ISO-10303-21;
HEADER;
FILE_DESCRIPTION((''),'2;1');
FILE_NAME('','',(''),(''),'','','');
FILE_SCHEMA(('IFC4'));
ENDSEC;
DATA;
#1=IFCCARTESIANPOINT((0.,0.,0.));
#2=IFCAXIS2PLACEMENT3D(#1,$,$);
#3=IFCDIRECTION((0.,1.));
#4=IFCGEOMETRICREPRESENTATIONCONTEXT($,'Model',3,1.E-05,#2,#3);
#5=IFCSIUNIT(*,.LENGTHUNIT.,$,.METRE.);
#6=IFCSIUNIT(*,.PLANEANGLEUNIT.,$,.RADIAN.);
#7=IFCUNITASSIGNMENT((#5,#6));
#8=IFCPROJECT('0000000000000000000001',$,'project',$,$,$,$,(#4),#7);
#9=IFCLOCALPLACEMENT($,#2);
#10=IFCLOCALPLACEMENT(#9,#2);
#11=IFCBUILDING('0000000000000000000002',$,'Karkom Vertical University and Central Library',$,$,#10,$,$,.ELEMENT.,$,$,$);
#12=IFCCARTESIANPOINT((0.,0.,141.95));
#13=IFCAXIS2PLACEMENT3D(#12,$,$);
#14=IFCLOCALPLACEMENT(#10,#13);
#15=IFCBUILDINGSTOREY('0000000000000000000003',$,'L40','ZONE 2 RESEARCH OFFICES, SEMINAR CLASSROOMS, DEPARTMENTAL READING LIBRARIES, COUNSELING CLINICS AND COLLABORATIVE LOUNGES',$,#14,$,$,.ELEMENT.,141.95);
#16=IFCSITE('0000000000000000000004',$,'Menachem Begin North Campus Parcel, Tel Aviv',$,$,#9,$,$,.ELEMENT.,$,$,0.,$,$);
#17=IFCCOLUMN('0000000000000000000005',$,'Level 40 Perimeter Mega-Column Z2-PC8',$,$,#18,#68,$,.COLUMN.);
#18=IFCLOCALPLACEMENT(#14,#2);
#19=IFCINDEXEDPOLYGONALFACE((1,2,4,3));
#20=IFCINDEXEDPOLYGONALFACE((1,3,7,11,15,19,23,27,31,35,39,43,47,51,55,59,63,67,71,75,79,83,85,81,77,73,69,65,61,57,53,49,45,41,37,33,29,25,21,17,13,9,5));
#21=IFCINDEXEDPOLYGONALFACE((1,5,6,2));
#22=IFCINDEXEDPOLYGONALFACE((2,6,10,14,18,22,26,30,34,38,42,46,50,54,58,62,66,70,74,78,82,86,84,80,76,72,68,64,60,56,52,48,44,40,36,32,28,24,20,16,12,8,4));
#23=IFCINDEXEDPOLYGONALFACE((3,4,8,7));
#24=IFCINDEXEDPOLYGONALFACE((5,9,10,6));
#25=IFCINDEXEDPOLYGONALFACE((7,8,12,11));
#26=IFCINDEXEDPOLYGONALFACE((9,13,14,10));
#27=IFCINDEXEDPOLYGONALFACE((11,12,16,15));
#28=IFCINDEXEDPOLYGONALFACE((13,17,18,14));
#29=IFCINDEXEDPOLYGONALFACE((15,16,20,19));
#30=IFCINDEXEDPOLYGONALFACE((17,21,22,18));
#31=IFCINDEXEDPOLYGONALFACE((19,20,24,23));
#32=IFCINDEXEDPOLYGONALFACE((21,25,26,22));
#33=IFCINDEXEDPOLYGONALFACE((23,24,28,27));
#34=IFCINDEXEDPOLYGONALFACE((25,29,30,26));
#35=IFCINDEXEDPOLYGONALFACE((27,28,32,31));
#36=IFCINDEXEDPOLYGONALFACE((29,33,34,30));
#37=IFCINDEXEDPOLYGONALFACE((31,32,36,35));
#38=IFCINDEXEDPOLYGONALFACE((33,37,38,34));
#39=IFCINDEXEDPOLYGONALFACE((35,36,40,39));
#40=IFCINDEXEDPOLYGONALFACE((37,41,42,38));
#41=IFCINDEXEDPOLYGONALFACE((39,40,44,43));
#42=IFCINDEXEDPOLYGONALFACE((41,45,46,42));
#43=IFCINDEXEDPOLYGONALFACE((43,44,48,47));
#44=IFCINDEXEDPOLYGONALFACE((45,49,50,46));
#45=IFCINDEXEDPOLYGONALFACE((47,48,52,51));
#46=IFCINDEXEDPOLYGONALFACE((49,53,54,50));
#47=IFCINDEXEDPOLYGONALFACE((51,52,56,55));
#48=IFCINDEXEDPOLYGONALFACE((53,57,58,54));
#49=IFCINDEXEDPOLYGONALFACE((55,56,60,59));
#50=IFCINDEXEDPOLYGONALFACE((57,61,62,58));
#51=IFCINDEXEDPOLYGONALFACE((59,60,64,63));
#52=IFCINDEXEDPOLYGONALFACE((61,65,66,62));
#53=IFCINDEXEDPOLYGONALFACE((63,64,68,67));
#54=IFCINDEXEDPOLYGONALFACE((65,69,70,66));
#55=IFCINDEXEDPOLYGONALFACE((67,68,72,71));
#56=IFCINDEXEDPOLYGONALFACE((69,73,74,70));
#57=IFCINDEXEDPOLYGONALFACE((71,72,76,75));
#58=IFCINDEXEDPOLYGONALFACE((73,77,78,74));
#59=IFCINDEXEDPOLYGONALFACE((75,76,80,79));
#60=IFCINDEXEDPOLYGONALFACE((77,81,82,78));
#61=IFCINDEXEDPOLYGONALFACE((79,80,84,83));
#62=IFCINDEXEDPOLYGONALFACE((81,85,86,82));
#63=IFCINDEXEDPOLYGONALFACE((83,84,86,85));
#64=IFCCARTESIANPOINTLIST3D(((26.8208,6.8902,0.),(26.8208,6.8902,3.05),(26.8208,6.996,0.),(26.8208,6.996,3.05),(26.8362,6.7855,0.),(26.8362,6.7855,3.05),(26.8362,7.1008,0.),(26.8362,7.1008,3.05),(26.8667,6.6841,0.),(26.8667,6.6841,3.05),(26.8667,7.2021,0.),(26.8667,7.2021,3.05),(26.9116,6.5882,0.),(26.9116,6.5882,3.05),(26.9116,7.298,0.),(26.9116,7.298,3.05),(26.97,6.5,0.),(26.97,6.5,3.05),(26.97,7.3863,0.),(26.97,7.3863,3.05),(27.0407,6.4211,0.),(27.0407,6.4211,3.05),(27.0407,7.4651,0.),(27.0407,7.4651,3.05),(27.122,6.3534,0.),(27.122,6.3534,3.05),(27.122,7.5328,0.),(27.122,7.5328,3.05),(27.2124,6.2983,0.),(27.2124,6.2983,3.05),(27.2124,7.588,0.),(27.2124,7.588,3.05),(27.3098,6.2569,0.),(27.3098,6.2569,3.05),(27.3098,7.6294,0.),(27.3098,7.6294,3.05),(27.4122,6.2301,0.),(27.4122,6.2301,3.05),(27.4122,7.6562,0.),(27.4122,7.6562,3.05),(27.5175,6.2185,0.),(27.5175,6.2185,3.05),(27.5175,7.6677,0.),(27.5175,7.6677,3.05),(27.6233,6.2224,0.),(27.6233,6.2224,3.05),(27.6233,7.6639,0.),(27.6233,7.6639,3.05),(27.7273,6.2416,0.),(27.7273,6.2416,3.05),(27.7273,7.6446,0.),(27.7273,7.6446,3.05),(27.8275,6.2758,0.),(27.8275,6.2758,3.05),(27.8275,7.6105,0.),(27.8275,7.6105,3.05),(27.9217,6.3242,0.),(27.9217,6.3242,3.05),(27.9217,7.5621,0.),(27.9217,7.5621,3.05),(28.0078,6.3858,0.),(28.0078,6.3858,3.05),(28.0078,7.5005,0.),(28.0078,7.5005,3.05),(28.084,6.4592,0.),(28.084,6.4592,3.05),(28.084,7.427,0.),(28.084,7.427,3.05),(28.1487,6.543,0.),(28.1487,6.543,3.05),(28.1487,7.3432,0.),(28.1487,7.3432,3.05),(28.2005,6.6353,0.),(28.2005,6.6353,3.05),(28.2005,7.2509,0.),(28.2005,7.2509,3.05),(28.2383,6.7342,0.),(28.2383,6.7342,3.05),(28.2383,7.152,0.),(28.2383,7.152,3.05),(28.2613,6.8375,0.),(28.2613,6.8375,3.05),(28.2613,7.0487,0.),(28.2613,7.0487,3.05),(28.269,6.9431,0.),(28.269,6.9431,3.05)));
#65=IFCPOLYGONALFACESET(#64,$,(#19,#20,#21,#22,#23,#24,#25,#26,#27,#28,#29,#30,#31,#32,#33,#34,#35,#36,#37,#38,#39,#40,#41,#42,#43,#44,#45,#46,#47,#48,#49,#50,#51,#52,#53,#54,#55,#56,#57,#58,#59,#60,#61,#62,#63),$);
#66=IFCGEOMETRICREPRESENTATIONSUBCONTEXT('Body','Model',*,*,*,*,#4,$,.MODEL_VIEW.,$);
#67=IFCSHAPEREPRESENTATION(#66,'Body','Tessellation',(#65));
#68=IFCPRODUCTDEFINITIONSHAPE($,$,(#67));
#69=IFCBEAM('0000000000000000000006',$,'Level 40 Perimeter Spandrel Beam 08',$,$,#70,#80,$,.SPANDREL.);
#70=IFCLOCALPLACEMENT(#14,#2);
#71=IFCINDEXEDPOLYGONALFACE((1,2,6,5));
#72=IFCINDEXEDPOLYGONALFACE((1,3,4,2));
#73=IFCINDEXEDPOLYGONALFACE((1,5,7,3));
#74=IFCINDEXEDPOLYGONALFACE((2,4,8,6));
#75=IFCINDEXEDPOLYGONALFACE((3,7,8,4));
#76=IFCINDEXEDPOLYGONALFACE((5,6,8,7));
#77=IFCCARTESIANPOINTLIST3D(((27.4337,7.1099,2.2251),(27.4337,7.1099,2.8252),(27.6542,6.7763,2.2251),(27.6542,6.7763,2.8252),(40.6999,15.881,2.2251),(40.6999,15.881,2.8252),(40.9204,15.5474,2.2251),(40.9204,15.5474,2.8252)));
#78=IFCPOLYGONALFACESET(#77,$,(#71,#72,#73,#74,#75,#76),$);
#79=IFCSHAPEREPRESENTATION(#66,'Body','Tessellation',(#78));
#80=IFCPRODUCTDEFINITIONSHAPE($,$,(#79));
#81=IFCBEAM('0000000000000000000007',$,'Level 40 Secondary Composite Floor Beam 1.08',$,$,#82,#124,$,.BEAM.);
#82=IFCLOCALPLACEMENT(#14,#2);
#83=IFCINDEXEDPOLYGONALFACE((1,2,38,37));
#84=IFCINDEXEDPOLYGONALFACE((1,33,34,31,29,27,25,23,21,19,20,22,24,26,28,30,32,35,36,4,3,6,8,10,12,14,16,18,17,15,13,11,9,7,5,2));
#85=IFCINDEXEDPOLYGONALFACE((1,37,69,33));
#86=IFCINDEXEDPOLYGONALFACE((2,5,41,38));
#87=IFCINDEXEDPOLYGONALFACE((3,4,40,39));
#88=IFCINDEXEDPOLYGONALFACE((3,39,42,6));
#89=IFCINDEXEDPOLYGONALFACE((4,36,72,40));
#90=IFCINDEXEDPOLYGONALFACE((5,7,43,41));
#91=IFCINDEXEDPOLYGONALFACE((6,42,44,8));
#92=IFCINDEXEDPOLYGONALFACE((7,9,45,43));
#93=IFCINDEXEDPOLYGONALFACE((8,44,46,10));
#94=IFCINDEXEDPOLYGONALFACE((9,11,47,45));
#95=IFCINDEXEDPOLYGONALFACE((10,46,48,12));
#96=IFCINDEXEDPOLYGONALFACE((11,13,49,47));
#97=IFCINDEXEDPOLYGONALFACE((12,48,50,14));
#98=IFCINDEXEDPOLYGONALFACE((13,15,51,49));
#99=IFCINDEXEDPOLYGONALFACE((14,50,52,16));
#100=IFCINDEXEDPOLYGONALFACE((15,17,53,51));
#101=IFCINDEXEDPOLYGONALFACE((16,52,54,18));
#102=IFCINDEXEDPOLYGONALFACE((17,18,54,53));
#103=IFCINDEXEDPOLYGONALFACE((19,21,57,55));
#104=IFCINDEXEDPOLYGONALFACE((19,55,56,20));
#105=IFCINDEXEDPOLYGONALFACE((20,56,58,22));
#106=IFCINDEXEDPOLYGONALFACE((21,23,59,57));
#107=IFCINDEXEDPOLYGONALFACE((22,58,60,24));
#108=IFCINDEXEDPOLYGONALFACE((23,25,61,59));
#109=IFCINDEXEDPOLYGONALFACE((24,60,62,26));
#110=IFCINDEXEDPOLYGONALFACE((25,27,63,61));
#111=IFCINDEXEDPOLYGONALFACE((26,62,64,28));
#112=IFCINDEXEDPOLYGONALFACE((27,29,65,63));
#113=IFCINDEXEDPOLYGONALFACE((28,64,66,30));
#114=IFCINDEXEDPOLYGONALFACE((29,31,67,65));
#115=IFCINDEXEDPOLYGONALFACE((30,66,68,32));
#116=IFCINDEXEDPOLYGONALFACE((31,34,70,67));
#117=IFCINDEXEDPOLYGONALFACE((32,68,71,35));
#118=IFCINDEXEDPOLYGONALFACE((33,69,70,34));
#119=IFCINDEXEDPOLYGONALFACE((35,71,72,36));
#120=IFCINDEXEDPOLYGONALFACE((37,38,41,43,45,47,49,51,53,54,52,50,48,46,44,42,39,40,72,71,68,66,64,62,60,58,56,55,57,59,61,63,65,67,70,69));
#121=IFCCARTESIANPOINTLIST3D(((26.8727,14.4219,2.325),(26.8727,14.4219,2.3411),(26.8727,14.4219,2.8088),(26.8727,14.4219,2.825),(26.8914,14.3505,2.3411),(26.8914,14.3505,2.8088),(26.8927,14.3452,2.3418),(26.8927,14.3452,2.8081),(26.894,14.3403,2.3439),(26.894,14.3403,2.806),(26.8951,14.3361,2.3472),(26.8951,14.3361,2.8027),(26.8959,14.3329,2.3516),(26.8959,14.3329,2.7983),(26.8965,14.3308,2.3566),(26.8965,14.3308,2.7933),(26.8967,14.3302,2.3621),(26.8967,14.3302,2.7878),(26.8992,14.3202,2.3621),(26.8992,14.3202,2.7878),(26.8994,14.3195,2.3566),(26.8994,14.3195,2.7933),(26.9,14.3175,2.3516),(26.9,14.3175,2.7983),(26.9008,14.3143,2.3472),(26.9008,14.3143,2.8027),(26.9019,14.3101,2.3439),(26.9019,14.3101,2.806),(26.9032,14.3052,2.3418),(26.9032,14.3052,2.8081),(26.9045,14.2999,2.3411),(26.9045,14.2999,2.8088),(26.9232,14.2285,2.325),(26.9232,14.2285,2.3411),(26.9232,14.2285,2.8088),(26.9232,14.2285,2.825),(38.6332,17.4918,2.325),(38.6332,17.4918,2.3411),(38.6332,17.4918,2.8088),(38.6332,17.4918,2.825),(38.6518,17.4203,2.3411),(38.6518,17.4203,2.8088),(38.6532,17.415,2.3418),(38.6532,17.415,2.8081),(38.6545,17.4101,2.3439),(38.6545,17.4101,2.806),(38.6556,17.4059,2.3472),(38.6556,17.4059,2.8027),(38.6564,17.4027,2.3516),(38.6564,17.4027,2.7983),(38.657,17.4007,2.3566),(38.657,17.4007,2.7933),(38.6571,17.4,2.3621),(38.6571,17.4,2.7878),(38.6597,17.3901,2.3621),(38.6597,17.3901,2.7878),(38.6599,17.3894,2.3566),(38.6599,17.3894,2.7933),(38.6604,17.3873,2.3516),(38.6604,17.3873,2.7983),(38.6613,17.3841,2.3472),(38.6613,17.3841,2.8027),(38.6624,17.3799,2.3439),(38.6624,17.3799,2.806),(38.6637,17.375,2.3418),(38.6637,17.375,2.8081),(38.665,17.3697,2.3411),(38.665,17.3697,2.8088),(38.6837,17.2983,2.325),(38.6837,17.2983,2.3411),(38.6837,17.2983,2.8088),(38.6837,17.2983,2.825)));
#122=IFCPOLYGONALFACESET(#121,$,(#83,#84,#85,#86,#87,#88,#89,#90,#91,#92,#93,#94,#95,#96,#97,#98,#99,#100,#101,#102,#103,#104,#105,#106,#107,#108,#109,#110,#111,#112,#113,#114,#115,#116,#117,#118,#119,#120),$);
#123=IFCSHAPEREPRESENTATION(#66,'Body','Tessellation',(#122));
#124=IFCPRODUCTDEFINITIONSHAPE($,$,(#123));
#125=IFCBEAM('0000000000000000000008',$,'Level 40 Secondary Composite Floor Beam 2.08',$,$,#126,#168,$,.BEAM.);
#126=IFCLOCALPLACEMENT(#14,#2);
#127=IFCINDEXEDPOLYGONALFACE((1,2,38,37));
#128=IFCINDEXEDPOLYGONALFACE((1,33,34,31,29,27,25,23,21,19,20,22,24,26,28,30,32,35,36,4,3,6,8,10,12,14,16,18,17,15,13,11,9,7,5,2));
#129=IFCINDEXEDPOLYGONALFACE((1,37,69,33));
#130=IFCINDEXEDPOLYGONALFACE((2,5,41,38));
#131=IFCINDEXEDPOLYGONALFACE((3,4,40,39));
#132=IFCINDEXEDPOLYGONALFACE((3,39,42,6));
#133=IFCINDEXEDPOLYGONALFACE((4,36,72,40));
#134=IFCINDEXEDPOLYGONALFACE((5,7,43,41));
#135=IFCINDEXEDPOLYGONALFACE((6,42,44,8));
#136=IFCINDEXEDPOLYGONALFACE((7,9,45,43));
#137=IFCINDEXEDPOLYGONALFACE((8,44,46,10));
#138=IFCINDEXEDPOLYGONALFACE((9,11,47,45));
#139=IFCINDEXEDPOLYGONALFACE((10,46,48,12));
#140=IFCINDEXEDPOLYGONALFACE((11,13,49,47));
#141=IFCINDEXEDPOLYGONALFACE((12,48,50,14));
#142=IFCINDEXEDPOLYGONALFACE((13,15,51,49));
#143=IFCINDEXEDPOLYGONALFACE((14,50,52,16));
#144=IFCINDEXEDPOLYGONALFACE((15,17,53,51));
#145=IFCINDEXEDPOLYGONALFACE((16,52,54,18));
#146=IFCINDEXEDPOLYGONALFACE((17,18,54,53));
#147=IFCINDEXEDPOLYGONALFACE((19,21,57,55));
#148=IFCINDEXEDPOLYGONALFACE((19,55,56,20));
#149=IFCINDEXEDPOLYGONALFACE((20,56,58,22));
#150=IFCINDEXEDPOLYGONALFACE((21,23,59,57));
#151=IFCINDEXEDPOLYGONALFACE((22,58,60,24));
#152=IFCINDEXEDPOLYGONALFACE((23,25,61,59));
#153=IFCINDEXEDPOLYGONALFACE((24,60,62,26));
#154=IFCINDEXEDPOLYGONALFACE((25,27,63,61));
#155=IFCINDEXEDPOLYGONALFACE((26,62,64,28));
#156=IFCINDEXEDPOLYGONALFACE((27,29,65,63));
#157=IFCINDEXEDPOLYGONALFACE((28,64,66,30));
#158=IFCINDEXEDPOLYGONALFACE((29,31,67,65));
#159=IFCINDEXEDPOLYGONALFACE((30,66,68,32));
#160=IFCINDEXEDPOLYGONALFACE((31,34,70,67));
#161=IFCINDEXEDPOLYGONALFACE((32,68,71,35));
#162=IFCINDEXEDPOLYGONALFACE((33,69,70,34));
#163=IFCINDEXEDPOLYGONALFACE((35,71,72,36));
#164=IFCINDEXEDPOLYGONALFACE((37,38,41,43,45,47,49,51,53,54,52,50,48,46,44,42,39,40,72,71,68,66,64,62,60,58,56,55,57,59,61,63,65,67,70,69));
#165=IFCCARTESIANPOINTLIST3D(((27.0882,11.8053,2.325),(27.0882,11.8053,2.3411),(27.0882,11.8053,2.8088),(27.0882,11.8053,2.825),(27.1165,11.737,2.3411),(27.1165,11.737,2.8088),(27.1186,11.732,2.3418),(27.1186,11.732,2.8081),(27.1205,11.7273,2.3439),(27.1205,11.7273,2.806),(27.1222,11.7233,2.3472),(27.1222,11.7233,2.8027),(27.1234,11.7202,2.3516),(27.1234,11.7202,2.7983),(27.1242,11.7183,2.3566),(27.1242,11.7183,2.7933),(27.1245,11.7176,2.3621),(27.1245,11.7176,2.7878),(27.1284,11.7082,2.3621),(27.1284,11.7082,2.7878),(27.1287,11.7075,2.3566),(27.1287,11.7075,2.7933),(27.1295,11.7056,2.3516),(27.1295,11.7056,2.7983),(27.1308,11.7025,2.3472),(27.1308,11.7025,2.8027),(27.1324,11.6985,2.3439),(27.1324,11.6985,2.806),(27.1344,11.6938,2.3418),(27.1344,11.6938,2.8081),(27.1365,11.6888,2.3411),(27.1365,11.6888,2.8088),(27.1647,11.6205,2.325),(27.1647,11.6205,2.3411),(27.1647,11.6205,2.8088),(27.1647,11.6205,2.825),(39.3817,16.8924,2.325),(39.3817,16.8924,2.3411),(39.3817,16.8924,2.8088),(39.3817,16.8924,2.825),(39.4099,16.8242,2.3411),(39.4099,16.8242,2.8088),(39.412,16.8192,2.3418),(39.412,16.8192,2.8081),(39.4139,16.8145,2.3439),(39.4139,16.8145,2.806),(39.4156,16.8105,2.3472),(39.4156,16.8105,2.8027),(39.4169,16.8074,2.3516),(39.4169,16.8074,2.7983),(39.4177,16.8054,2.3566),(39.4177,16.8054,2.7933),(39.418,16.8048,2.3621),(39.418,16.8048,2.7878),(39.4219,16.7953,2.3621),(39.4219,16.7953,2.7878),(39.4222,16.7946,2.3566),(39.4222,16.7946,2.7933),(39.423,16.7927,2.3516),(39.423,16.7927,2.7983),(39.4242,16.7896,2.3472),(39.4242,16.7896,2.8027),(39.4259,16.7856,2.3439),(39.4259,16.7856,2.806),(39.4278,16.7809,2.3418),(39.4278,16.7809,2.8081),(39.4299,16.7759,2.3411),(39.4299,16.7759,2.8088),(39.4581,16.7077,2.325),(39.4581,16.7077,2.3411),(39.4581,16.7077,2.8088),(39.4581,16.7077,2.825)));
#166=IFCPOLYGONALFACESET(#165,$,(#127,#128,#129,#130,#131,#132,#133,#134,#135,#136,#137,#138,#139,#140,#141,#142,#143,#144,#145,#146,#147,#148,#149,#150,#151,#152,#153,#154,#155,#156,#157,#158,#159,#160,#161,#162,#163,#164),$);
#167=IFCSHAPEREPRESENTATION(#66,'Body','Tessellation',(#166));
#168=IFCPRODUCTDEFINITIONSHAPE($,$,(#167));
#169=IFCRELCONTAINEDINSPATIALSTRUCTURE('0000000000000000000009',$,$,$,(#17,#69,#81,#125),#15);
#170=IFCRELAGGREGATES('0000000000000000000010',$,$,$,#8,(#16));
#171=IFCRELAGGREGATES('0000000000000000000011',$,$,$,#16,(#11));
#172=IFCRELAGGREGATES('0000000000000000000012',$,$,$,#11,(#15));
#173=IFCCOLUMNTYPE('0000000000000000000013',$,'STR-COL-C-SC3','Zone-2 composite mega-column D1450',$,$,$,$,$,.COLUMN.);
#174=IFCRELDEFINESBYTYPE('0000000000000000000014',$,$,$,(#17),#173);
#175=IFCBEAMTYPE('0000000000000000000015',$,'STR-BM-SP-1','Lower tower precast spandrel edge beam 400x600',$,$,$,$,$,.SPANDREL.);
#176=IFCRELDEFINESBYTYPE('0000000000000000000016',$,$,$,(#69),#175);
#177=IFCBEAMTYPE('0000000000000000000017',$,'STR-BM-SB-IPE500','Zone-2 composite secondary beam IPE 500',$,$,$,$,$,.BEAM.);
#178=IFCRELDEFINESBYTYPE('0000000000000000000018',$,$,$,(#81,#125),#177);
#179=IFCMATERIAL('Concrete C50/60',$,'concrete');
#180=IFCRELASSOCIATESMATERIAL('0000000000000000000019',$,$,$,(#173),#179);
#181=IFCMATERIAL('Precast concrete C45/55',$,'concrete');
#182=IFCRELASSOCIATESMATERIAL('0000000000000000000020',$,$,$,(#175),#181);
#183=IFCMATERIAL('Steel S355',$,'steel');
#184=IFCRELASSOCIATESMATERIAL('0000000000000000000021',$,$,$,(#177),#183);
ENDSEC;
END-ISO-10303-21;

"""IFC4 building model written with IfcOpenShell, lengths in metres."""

from ifc_helpers import new_model, si_unit, direction, frame, origin, origin_with_axes, origin_2d, place, context, subcontext, project, spatial, rectangle, circle, i_section, extrude, source, transform, mapped, material, material_profile, profile_set, type_object, element, save


model = new_model("IFC4")

# Units and contexts
model_context = context("Model", 3, precision=1e-05, world=origin(), true_north=direction((0.0, 1.0)))
body_context = subcontext(model_context, "Body", "Model", "MODEL_VIEW")
ifc_project = project(units=[si_unit("LENGTHUNIT", "METRE"), si_unit("PLANEANGLEUNIT", "RADIAN")], contexts=[model_context])

# Site, building, storey
site_placement = place(None, origin())
site = spatial("IfcSite", under=ifc_project, at=site_placement, Name="Menachem Begin North Campus Parcel, Tel Aviv", CompositionType="ELEMENT", RefElevation=0.0)
building_placement = place(site_placement, origin())
building = spatial("IfcBuilding", under=site, at=building_placement, Name="Karkom Vertical University and Central Library", CompositionType="ELEMENT")
storey_placement = place(building_placement, frame((0.0, 0.0, 141.95)))
storey = spatial("IfcBuildingStorey", under=building, at=storey_placement, Name="L40", Description="ZONE 2 RESEARCH OFFICES, SEMINAR CLASSROOMS, DEPARTMENTAL READING LIBRARIES, COUNSELING CLINICS AND COLLABORATIVE LOUNGES", CompositionType="ELEMENT", Elevation=141.95)

# Column
ifc_material_1 = material(Name="Concrete C50/60", Category="concrete")
ifc_material_profile_1 = material_profile(ifc_material_1, circle(Radius=0.7251, at=origin_2d()), Name="CFT-D1450")
ifc_profile_set_1 = profile_set([ifc_material_profile_1], Name="Concrete C50/60")
column_type = type_object("IfcColumnType", Name="STR-COL-C-SC3", Description="Zone-2 composite mega-column D1450", PredefinedType="COLUMN", material=ifc_profile_set_1)
shared_shape_1 = source(origin_with_axes(), body_context, "Body", "SweptSolid", [
    extrude(circle(Radius=0.7251, at=origin_2d()), origin(), (0.0, 0.0, 1.0), 3.05),
])
column_placement = place(storey_placement, frame((27.5439, 6.9431, 0.0), z_axis=(0.0, 0.0, 1.0), x_axis=(1.0, 0.0, 0.0)))
element("IfcColumn", 1, at=column_placement, inside=storey, type_object=column_type, Name="Level 40 Perimeter Mega-Column Z2-PC8", PredefinedType="COLUMN", context=body_context, shape_type="MappedRepresentation", body=[
    mapped(shared_shape_1, transform((0.0, 0.0, 0.0), scale=1.0)),
])

# Beams
ifc_material_2 = material(Name="Precast concrete C45/55", Category="concrete")
ifc_material_profile_2 = material_profile(ifc_material_2, rectangle(XDim=0.3999, YDim=0.6001, at=origin_2d()), Name="SPB-400x600")
ifc_profile_set_2 = profile_set([ifc_material_profile_2], Name="Precast concrete C45/55")
beam_type_1 = type_object("IfcBeamType", Name="STR-BM-SP-1", Description="Lower tower precast spandrel edge beam 400x600", PredefinedType="SPANDREL", material=ifc_profile_set_2)
shared_shape_2 = source(origin_with_axes(), body_context, "Body", "SweptSolid", [
    extrude(rectangle(XDim=0.3999, YDim=0.6001, at=origin_2d()), origin(), (0.0, 0.0, 1.0), 15.9036),
])
beam_1_placement = place(storey_placement, frame((27.5439, 6.9431, 2.5251), z_axis=(0.834165, 0.551515, 0.0), x_axis=(-0.551515, 0.834165, 0.0)))
element("IfcBeam", 2, at=beam_1_placement, inside=storey, type_object=beam_type_1, Name="Level 40 Perimeter Spandrel Beam 08", PredefinedType="SPANDREL", context=body_context, shape_type="MappedRepresentation", body=[
    mapped(shared_shape_2, transform((0.0, 0.0, 0.0), scale=1.0)),
])
ifc_material_3 = material(Name="Steel S355", Category="steel")
ifc_material_profile_3 = material_profile(ifc_material_3, i_section(OverallWidth=0.2, OverallDepth=0.5, WebThickness=0.0103, FlangeThickness=0.0161, FilletRadius=0.021, at=origin_2d()), Name="IPE 500")
ifc_profile_set_3 = profile_set([ifc_material_profile_3], Name="Steel S355")
beam_type_2 = type_object("IfcBeamType", Name="STR-BM-SB-IPE500", Description="Zone-2 composite secondary beam IPE 500", PredefinedType="BEAM", material=ifc_profile_set_3)
shared_shape_3 = source(origin_with_axes(), body_context, "Body", "SweptSolid", [
    extrude(i_section(OverallWidth=0.2, OverallDepth=0.5, WebThickness=0.0103, FlangeThickness=0.0161, FilletRadius=0.021, at=origin_2d()), origin(), (0.0, 0.0, 1.0), 12.1545),
])
beam_2_placement = place(storey_placement, frame((26.8979, 14.3252, 2.575), z_axis=(0.96758, 0.252566, 0.0), x_axis=(-0.252566, 0.96758, 0.0)))
element("IfcBeam", 3, at=beam_2_placement, inside=storey, type_object=beam_type_2, Name="Level 40 Secondary Composite Floor Beam 1.08", PredefinedType="BEAM", context=body_context, shape_type="MappedRepresentation", body=[
    mapped(shared_shape_3, transform((0.0, 0.0, 0.0), scale=1.0)),
])
shared_shape_4 = source(origin_with_axes(), body_context, "Body", "SweptSolid", [
    extrude(i_section(OverallWidth=0.2, OverallDepth=0.5, WebThickness=0.0103, FlangeThickness=0.0161, FilletRadius=0.021, at=origin_2d()), origin(), (0.0, 0.0, 1.0), 13.3044),
])
beam_3_placement = place(storey_placement, frame((27.1265, 11.7129, 2.575), z_axis=(0.924011, 0.382365, 0.0), x_axis=(-0.382365, 0.924011, 0.0)))
element("IfcBeam", 4, at=beam_3_placement, inside=storey, type_object=beam_type_2, Name="Level 40 Secondary Composite Floor Beam 2.08", PredefinedType="BEAM", context=body_context, shape_type="MappedRepresentation", body=[
    mapped(shared_shape_4, transform((0.0, 0.0, 0.0), scale=1.0)),
])

save(model, "model.ifc")
